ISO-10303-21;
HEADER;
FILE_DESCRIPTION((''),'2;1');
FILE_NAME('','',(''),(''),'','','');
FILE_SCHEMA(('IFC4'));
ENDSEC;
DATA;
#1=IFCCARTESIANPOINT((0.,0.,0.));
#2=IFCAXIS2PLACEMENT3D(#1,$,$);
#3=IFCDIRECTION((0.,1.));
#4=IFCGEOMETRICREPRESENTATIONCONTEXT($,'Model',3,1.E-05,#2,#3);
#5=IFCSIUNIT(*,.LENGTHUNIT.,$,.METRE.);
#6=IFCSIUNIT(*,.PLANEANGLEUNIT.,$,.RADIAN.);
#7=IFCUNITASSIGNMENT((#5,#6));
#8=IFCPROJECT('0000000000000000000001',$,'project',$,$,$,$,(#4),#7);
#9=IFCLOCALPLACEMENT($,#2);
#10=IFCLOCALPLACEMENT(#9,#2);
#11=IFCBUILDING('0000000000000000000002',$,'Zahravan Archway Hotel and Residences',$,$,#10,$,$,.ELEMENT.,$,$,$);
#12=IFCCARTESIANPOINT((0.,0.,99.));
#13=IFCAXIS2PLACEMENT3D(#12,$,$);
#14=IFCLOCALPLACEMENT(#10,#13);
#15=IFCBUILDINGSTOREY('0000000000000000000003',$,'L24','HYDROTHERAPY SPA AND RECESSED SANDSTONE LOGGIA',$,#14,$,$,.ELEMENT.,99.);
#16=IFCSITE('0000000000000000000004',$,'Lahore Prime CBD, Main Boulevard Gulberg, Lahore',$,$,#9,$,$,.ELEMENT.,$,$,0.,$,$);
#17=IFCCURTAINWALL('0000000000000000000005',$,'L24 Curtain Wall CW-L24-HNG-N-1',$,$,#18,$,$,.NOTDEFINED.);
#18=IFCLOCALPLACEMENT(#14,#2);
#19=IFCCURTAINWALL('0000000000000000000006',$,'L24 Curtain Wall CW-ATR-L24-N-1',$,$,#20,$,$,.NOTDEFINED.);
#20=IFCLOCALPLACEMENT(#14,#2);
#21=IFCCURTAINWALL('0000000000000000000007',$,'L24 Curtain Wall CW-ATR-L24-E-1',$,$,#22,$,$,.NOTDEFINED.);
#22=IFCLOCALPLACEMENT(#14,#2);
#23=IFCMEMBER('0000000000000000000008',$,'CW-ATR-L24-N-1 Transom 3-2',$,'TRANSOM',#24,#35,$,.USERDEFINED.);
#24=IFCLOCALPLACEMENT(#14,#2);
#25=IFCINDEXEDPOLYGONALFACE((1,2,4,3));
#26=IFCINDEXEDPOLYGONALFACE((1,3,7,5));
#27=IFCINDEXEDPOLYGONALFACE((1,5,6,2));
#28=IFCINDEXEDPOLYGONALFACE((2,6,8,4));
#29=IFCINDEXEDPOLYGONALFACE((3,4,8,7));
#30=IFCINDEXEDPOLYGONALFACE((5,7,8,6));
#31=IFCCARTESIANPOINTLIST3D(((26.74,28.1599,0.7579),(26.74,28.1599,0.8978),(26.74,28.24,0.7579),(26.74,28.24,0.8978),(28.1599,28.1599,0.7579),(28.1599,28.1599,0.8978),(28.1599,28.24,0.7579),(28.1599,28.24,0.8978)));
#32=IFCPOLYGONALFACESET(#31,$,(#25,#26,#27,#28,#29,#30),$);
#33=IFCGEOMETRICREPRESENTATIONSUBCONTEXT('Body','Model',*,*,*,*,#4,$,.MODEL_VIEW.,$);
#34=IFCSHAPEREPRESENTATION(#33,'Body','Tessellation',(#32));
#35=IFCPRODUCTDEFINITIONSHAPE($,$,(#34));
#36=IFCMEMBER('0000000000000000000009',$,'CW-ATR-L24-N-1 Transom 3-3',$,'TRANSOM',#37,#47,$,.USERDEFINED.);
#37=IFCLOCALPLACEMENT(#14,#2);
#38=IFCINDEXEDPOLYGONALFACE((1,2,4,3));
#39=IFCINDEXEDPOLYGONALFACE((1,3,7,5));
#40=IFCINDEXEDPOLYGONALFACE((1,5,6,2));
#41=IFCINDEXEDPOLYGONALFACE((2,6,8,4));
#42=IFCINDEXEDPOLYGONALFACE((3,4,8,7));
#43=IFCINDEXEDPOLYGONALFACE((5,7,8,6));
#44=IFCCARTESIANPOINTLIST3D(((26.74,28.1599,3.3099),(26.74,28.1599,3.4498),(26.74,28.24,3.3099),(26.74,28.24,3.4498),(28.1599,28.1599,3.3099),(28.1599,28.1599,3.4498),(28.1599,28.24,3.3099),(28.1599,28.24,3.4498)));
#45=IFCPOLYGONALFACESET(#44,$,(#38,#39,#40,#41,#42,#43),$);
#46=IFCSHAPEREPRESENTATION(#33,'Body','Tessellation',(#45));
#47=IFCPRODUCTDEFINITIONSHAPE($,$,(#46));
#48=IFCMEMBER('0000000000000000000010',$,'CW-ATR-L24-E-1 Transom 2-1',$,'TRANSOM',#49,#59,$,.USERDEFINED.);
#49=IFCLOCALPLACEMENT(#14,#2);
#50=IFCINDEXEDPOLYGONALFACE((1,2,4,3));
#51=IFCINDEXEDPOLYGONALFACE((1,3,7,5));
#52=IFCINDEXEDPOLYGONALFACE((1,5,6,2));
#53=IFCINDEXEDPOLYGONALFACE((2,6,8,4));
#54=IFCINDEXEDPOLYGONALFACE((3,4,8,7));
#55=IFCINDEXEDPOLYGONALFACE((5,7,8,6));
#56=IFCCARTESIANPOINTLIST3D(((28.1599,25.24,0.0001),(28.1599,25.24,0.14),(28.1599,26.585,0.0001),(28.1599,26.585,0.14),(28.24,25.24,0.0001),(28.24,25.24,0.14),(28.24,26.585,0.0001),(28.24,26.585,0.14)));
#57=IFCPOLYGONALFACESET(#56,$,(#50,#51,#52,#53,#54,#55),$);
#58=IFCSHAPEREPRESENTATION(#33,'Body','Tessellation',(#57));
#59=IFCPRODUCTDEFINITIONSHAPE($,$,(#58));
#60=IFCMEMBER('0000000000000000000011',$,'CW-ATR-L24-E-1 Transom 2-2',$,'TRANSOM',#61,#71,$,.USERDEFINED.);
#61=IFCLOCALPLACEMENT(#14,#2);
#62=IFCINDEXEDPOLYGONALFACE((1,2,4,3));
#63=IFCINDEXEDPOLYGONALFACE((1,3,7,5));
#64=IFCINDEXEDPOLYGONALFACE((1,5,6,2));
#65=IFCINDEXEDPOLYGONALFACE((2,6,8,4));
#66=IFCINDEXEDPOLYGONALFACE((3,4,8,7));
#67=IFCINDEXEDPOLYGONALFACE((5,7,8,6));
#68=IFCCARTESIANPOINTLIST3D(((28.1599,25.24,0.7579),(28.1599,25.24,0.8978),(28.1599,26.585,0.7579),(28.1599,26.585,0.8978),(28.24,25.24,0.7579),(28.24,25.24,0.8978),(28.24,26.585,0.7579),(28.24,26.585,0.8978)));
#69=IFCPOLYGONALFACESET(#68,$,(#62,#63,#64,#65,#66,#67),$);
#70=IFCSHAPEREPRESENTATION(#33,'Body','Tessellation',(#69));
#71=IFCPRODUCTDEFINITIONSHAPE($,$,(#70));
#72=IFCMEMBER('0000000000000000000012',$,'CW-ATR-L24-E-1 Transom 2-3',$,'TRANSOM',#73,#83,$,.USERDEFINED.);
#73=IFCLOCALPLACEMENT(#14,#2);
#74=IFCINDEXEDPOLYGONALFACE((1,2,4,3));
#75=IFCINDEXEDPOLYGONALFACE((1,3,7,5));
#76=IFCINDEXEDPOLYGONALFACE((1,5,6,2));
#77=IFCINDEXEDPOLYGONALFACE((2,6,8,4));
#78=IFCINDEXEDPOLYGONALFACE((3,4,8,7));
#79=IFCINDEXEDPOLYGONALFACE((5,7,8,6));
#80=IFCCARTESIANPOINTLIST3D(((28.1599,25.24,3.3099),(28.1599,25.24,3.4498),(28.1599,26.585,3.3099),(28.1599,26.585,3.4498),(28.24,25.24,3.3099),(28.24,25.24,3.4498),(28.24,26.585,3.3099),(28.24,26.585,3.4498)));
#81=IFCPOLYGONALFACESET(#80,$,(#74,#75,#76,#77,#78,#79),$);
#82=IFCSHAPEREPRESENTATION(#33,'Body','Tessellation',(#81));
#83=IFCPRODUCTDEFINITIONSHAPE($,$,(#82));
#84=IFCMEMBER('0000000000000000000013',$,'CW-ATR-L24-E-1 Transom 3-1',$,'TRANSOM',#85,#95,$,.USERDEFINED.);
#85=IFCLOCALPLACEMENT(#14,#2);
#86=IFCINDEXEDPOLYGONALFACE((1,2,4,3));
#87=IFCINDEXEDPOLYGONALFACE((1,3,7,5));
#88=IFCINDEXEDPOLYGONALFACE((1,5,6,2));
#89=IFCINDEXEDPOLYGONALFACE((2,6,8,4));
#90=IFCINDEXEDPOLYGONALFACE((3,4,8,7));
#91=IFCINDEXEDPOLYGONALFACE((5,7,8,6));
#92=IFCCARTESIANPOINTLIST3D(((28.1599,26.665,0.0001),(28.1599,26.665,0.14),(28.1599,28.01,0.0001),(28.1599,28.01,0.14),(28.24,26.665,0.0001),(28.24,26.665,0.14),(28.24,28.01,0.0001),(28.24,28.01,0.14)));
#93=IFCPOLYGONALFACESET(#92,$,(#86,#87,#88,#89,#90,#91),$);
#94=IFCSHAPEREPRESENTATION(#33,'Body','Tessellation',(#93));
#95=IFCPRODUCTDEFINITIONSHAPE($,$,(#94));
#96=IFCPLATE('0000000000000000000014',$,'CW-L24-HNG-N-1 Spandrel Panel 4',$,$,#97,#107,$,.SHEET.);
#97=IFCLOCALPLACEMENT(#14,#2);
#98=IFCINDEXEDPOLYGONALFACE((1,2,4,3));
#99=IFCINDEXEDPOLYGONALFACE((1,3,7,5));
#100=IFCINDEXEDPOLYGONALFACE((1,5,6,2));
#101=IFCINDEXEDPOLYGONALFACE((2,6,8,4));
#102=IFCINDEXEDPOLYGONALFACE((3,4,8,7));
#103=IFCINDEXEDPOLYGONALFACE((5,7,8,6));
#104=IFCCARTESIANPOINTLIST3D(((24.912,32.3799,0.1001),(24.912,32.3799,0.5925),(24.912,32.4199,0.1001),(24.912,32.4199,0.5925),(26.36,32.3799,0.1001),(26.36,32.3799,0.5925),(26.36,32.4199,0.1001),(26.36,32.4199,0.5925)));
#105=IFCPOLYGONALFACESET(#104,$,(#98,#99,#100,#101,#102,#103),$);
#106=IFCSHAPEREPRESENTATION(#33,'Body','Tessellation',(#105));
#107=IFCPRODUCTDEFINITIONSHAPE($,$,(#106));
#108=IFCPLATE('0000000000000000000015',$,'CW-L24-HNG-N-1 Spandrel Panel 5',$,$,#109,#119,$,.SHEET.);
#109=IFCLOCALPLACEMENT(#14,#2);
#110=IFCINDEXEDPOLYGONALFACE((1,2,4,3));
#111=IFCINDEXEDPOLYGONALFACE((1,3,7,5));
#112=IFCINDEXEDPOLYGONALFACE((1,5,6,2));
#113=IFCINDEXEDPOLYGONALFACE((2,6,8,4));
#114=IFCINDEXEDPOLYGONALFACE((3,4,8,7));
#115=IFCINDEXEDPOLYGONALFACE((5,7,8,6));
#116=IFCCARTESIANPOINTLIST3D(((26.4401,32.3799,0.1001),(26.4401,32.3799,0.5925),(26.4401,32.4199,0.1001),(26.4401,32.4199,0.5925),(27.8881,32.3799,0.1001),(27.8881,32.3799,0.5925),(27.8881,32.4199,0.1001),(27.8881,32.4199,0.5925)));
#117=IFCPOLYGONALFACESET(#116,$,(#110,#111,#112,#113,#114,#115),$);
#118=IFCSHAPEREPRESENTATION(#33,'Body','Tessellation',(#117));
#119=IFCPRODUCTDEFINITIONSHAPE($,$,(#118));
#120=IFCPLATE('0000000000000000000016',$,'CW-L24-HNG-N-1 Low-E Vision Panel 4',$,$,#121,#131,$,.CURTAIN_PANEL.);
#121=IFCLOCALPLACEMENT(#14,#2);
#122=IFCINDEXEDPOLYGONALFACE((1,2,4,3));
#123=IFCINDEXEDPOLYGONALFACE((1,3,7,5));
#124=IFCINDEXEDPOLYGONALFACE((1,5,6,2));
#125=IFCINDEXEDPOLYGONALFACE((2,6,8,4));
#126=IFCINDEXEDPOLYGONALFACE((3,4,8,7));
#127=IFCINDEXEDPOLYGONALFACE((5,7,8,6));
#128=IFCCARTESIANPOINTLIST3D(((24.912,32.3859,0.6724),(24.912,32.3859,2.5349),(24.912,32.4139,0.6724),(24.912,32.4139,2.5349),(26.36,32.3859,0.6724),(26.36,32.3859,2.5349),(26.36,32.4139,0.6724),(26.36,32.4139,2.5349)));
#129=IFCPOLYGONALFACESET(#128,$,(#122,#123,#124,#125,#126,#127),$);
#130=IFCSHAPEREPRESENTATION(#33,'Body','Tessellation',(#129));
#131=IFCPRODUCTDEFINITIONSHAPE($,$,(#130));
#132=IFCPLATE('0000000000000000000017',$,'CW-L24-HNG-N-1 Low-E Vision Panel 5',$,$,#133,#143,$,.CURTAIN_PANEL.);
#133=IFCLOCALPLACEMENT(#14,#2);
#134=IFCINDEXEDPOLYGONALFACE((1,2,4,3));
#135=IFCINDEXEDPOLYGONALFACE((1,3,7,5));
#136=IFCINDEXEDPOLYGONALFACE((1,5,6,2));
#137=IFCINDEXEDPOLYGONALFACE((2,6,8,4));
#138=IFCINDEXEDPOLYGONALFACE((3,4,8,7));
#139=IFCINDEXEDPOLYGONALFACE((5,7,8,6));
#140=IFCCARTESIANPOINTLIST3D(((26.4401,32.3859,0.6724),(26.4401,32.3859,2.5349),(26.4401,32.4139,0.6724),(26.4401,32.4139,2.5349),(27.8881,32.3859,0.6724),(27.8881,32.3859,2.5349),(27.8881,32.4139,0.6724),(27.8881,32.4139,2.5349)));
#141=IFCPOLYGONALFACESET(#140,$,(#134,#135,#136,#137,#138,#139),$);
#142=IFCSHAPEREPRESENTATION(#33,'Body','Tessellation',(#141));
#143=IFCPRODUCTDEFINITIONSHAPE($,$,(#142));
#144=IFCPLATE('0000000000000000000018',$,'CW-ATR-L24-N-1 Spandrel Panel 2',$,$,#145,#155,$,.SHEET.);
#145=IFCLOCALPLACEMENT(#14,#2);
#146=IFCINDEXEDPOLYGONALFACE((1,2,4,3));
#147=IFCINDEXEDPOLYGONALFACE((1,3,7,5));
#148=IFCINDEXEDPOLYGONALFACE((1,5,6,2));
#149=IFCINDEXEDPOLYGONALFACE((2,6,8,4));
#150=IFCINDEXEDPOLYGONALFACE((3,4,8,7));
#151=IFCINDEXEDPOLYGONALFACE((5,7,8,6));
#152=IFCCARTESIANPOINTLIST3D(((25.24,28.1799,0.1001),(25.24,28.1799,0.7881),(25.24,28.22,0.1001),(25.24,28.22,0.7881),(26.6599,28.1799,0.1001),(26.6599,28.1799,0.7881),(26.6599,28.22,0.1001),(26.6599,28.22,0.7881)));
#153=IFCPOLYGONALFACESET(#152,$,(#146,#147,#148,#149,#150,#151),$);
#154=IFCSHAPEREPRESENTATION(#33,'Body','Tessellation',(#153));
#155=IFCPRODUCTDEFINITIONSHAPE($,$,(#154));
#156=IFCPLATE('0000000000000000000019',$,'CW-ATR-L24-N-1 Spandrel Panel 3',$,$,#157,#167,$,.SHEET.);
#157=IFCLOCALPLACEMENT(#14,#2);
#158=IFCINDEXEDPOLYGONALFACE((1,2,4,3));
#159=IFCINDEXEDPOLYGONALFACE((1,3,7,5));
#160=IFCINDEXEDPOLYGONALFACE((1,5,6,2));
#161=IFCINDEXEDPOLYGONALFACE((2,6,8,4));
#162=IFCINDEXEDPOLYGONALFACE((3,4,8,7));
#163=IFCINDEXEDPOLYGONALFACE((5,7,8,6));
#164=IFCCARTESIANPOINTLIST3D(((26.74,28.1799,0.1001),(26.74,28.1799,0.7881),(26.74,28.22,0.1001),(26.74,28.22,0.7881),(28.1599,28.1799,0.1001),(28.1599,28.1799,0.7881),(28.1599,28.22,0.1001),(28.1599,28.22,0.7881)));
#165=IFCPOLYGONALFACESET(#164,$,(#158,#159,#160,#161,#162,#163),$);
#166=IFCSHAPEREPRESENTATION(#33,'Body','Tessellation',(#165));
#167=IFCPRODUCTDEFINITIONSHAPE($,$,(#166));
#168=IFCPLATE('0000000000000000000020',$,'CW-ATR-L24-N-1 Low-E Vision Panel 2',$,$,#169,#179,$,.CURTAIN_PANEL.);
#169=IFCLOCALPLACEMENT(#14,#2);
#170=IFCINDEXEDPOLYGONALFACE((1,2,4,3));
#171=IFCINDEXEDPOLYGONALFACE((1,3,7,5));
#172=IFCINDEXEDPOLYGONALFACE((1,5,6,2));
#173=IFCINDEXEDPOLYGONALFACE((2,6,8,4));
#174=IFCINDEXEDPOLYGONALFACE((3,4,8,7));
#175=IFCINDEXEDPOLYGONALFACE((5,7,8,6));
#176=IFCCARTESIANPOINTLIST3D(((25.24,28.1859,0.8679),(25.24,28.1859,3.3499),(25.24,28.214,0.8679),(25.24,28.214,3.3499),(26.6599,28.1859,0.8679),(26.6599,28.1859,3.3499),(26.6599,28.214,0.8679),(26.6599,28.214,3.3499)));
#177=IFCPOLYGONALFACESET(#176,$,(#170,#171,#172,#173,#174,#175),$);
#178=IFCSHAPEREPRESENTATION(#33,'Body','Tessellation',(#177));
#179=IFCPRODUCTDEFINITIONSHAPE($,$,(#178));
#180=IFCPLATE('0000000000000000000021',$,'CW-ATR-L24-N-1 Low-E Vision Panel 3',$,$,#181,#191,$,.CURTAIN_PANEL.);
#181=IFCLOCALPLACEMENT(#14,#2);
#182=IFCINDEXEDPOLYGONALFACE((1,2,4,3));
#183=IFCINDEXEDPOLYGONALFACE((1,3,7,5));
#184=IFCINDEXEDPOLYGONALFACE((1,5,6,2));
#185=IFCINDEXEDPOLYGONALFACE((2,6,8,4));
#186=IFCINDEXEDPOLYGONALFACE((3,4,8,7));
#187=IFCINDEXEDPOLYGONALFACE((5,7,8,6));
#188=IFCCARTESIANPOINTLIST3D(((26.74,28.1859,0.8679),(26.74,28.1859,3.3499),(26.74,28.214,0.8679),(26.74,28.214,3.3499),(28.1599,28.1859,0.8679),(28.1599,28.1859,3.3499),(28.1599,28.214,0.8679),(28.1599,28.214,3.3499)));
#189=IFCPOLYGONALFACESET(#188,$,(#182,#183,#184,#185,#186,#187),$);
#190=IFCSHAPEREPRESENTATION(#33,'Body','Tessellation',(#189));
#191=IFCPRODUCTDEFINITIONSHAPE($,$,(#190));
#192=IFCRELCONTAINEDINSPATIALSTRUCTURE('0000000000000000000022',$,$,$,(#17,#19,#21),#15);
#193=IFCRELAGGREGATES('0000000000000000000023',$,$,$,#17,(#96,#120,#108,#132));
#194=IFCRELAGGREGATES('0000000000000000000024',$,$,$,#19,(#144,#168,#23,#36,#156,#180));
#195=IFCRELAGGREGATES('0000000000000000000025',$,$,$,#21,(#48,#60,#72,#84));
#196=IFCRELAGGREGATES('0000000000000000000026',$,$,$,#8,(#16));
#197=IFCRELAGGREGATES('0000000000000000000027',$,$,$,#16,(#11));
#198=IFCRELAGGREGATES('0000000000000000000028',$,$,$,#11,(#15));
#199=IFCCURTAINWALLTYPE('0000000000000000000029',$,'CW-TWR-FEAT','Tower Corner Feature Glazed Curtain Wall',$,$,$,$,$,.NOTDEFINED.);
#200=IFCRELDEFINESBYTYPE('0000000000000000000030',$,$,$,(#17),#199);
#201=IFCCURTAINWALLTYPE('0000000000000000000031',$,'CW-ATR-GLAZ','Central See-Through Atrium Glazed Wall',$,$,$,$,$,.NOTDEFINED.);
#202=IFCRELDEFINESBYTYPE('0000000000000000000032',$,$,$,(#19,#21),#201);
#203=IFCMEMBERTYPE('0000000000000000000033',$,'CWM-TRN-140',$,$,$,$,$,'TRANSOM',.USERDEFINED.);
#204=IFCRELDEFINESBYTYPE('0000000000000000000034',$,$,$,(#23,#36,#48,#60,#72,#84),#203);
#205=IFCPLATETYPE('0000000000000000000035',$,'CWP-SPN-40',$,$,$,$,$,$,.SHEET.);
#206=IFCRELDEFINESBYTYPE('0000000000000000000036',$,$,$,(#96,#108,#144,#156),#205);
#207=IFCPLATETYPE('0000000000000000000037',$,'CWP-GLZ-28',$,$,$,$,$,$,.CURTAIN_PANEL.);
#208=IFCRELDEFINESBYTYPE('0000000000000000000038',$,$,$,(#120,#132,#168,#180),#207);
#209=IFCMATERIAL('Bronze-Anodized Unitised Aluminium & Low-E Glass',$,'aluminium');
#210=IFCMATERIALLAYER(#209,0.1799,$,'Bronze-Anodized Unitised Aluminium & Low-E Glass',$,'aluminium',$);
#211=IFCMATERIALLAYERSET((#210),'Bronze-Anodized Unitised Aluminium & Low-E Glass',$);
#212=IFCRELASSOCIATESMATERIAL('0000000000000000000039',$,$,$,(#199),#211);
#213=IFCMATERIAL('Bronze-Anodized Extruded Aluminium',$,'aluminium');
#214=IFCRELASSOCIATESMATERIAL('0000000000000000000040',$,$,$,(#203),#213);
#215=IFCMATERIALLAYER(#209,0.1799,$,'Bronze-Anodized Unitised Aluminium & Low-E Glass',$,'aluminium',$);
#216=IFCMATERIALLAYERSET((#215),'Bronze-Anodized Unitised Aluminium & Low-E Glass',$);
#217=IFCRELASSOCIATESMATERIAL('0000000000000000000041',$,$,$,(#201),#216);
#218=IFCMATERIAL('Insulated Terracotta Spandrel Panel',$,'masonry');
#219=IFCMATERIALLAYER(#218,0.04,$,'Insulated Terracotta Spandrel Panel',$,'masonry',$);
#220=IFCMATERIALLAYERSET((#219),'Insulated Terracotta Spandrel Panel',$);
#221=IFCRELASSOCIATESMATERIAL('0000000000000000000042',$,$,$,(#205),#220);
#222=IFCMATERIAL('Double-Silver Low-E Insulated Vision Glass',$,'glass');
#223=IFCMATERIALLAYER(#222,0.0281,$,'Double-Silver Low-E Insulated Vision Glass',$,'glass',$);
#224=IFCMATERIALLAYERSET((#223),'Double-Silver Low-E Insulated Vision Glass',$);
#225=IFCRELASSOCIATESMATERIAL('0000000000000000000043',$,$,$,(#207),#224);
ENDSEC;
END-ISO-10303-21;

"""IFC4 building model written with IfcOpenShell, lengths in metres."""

from ifc_helpers import new_model, si_unit, direction, frame, origin, origin_2d, place, context, subcontext, project, spatial, rectangle, extrude, source, transform, mapped, material, layer, layer_set, material_profile, profile_set, type_object, element, aggregate, save


model = new_model("IFC4")

# Units and contexts
model_context = context("Model", 3, precision=1e-05, world=origin(), true_north=direction((0.0, 1.0)))
body_context = subcontext(model_context, "Body", "Model", "MODEL_VIEW")
ifc_project = project(units=[si_unit("LENGTHUNIT", "METRE"), si_unit("PLANEANGLEUNIT", "RADIAN")], contexts=[model_context])

# Site, building, storey
site_placement = place(None, origin())
site = spatial("IfcSite", under=ifc_project, at=site_placement, Name="Lahore Prime CBD, Main Boulevard Gulberg, Lahore", CompositionType="ELEMENT", RefElevation=0.0)
building_placement = place(site_placement, origin())
building = spatial("IfcBuilding", under=site, at=building_placement, Name="Zahravan Archway Hotel and Residences", CompositionType="ELEMENT")
storey_placement = place(building_placement, frame((0.0, 0.0, 99.0)))
storey = spatial("IfcBuildingStorey", under=building, at=storey_placement, Name="L24", Description="HYDROTHERAPY SPA AND RECESSED SANDSTONE LOGGIA", CompositionType="ELEMENT", Elevation=99.0)

# Curtain wall
ifc_material_1 = material(Name="Bronze-Anodized Unitised Aluminium & Low-E Glass", Category="aluminium")
ifc_layer_1 = layer(ifc_material_1, 0.1799, Name="Bronze-Anodized Unitised Aluminium & Low-E Glass", Category="aluminium")
ifc_layer_set_1 = layer_set([ifc_layer_1], Name="Bronze-Anodized Unitised Aluminium & Low-E Glass")
curtain_wall_type_1 = type_object("IfcCurtainWallType", Name="CW-TWR-FEAT", Description="Tower Corner Feature Glazed Curtain Wall", PredefinedType="NOTDEFINED", material=ifc_layer_set_1)
curtain_wall_1_placement = place(storey_placement, origin())
curtain_wall_1 = element("IfcCurtainWall", 1, at=curtain_wall_1_placement, inside=storey, type_object=curtain_wall_type_1, Name="L24 Curtain Wall CW-L24-HNG-N-1", PredefinedType="NOTDEFINED")
ifc_material_2 = material(Name="Bronze-Anodized Extruded Aluminium", Category="aluminium")
ifc_material_profile_1 = material_profile(ifc_material_2, rectangle(XDim=0.0801, YDim=0.1399, at=origin_2d()), Name="TRN 80x140", Category="aluminium")
ifc_profile_set_1 = profile_set([ifc_material_profile_1], Name="Bronze-Anodized Extruded Aluminium")
member_type_1 = type_object("IfcMemberType", Name="CWM-TRN-140", ElementType="TRANSOM", PredefinedType="USERDEFINED", material=ifc_profile_set_1)

# Curtain walls
ifc_layer_2 = layer(ifc_material_1, 0.1799, Name="Bronze-Anodized Unitised Aluminium & Low-E Glass", Category="aluminium")
ifc_layer_set_2 = layer_set([ifc_layer_2], Name="Bronze-Anodized Unitised Aluminium & Low-E Glass")
curtain_wall_type_2 = type_object("IfcCurtainWallType", Name="CW-ATR-GLAZ", Description="Central See-Through Atrium Glazed Wall", PredefinedType="NOTDEFINED", material=ifc_layer_set_2)
curtain_wall_2_placement = place(storey_placement, origin())
curtain_wall_2 = element("IfcCurtainWall", 2, at=curtain_wall_2_placement, inside=storey, type_object=curtain_wall_type_2, Name="L24 Curtain Wall CW-ATR-L24-N-1", PredefinedType="NOTDEFINED")
curtain_wall_3_placement = place(storey_placement, origin())
curtain_wall_3 = element("IfcCurtainWall", 3, at=curtain_wall_3_placement, inside=storey, type_object=curtain_wall_type_2, Name="L24 Curtain Wall CW-ATR-L24-E-1", PredefinedType="NOTDEFINED")

# Members
shared_shape_1 = source(origin(), body_context, "Body", "SweptSolid", [
    extrude(rectangle(XDim=0.0801, YDim=0.1399, at=origin_2d()), origin(), (0.0, 0.0, 1.0), 1.4199),
])
member_1_placement = place(storey_placement, frame((26.74, 28.2, 0.8279), z_axis=(1.0, 0.0, 0.0), x_axis=(0.0, 1.0, 0.0)))
member_1 = element("IfcMember", 4, at=member_1_placement, type_object=member_type_1, Name="CW-ATR-L24-N-1 Transom 3-2", ObjectType="TRANSOM", PredefinedType="USERDEFINED", context=body_context, shape_type="MappedRepresentation", body=[
    mapped(shared_shape_1, transform((0.0, 0.0, 0.0), scale=1.0)),
])
member_2_placement = place(storey_placement, frame((26.74, 28.2, 3.3799), z_axis=(1.0, 0.0, 0.0), x_axis=(0.0, 1.0, 0.0)))
member_2 = element("IfcMember", 5, at=member_2_placement, type_object=member_type_1, Name="CW-ATR-L24-N-1 Transom 3-3", ObjectType="TRANSOM", PredefinedType="USERDEFINED", context=body_context, shape_type="MappedRepresentation", body=[
    mapped(shared_shape_1, transform((0.0, 0.0, 0.0), scale=1.0)),
])
shared_shape_2 = source(origin(), body_context, "Body", "SweptSolid", [
    extrude(rectangle(XDim=0.0801, YDim=0.1399, at=origin_2d()), origin(), (0.0, 0.0, 1.0), 1.345),
])
member_3_placement = place(storey_placement, frame((28.2, 25.24, 0.0701), z_axis=(0.0, 1.0, 0.0), x_axis=(-1.0, 0.0, 0.0)))
member_3 = element("IfcMember", 6, at=member_3_placement, type_object=member_type_1, Name="CW-ATR-L24-E-1 Transom 2-1", ObjectType="TRANSOM", PredefinedType="USERDEFINED", context=body_context, shape_type="MappedRepresentation", body=[
    mapped(shared_shape_2, transform((0.0, 0.0, 0.0), scale=1.0)),
])
member_4_placement = place(storey_placement, frame((28.2, 25.24, 0.8279), z_axis=(0.0, 1.0, 0.0), x_axis=(-1.0, 0.0, 0.0)))
member_4 = element("IfcMember", 7, at=member_4_placement, type_object=member_type_1, Name="CW-ATR-L24-E-1 Transom 2-2", ObjectType="TRANSOM", PredefinedType="USERDEFINED", context=body_context, shape_type="MappedRepresentation", body=[
    mapped(shared_shape_2, transform((0.0, 0.0, 0.0), scale=1.0)),
])
member_5_placement = place(storey_placement, frame((28.2, 25.24, 3.3799), z_axis=(0.0, 1.0, 0.0), x_axis=(-1.0, 0.0, 0.0)))
member_5 = element("IfcMember", 8, at=member_5_placement, type_object=member_type_1, Name="CW-ATR-L24-E-1 Transom 2-3", ObjectType="TRANSOM", PredefinedType="USERDEFINED", context=body_context, shape_type="MappedRepresentation", body=[
    mapped(shared_shape_2, transform((0.0, 0.0, 0.0), scale=1.0)),
])
member_6_placement = place(storey_placement, frame((28.2, 26.665, 0.0701), z_axis=(0.0, 1.0, 0.0), x_axis=(-1.0, 0.0, 0.0)))
member_6 = element("IfcMember", 9, at=member_6_placement, type_object=member_type_1, Name="CW-ATR-L24-E-1 Transom 3-1", ObjectType="TRANSOM", PredefinedType="USERDEFINED", context=body_context, shape_type="MappedRepresentation", body=[
    mapped(shared_shape_2, transform((0.0, 0.0, 0.0), scale=1.0)),
])

# Plates
ifc_material_3 = material(Name="Insulated Terracotta Spandrel Panel", Category="masonry")
ifc_layer_3 = layer(ifc_material_3, 0.04, Name="Insulated Terracotta Spandrel Panel", Category="masonry")
ifc_layer_set_3 = layer_set([ifc_layer_3], Name="Insulated Terracotta Spandrel Panel")
plate_type_1 = type_object("IfcPlateType", Name="CWP-SPN-40", PredefinedType="SHEET", material=ifc_layer_set_3)
shared_shape_3 = source(origin(), body_context, "Body", "SweptSolid", [
    extrude(rectangle(XDim=1.448, YDim=0.04, at=origin_2d()), origin(), (0.0, 0.0, 1.0), 0.4924),
])
plate_1_placement = place(storey_placement, frame((25.636, 32.3999, 0.1001), z_axis=(0.0, 0.0, 1.0), x_axis=(1.0, 0.0, 0.0)))
plate_1 = element("IfcPlate", 10, at=plate_1_placement, type_object=plate_type_1, Name="CW-L24-HNG-N-1 Spandrel Panel 4", PredefinedType="SHEET", context=body_context, shape_type="MappedRepresentation", body=[
    mapped(shared_shape_3, transform((0.0, 0.0, 0.0), scale=1.0)),
])
plate_2_placement = place(storey_placement, frame((27.1641, 32.3999, 0.1001), z_axis=(0.0, 0.0, 1.0), x_axis=(1.0, 0.0, 0.0)))
plate_2 = element("IfcPlate", 11, at=plate_2_placement, type_object=plate_type_1, Name="CW-L24-HNG-N-1 Spandrel Panel 5", PredefinedType="SHEET", context=body_context, shape_type="MappedRepresentation", body=[
    mapped(shared_shape_3, transform((0.0, 0.0, 0.0), scale=1.0)),
])
ifc_material_4 = material(Name="Double-Silver Low-E Insulated Vision Glass", Category="glass")
ifc_layer_4 = layer(ifc_material_4, 0.0281, Name="Double-Silver Low-E Insulated Vision Glass", Category="glass")
ifc_layer_set_4 = layer_set([ifc_layer_4], Name="Double-Silver Low-E Insulated Vision Glass")
plate_type_2 = type_object("IfcPlateType", Name="CWP-GLZ-28", PredefinedType="CURTAIN_PANEL", material=ifc_layer_set_4)
shared_shape_4 = source(origin(), body_context, "Body", "SweptSolid", [
    extrude(rectangle(XDim=1.448, YDim=0.0281, at=origin_2d()), origin(), (0.0, 0.0, 1.0), 1.8625),
])
plate_3_placement = place(storey_placement, frame((25.636, 32.3999, 0.6724), z_axis=(0.0, 0.0, 1.0), x_axis=(1.0, 0.0, 0.0)))
plate_3 = element("IfcPlate", 12, at=plate_3_placement, type_object=plate_type_2, Name="CW-L24-HNG-N-1 Low-E Vision Panel 4", PredefinedType="CURTAIN_PANEL", context=body_context, shape_type="MappedRepresentation", body=[
    mapped(shared_shape_4, transform((0.0, 0.0, 0.0), scale=1.0)),
])
plate_4_placement = place(storey_placement, frame((27.1641, 32.3999, 0.6724), z_axis=(0.0, 0.0, 1.0), x_axis=(1.0, 0.0, 0.0)))
plate_4 = element("IfcPlate", 13, at=plate_4_placement, type_object=plate_type_2, Name="CW-L24-HNG-N-1 Low-E Vision Panel 5", PredefinedType="CURTAIN_PANEL", context=body_context, shape_type="MappedRepresentation", body=[
    mapped(shared_shape_4, transform((0.0, 0.0, 0.0), scale=1.0)),
])
aggregate(curtain_wall_1, [plate_1, plate_3, plate_2, plate_4])
shared_shape_5 = source(origin(), body_context, "Body", "SweptSolid", [
    extrude(rectangle(XDim=1.4199, YDim=0.04, at=origin_2d()), origin(), (0.0, 0.0, 1.0), 0.688),
])
plate_5_placement = place(storey_placement, frame((25.95, 28.2, 0.1001), z_axis=(0.0, 0.0, 1.0), x_axis=(1.0, 0.0, 0.0)))
plate_5 = element("IfcPlate", 14, at=plate_5_placement, type_object=plate_type_1, Name="CW-ATR-L24-N-1 Spandrel Panel 2", PredefinedType="SHEET", context=body_context, shape_type="MappedRepresentation", body=[
    mapped(shared_shape_5, transform((0.0, 0.0, 0.0), scale=1.0)),
])
plate_6_placement = place(storey_placement, frame((27.45, 28.2, 0.1001), z_axis=(0.0, 0.0, 1.0), x_axis=(1.0, 0.0, 0.0)))
plate_6 = element("IfcPlate", 15, at=plate_6_placement, type_object=plate_type_1, Name="CW-ATR-L24-N-1 Spandrel Panel 3", PredefinedType="SHEET", context=body_context, shape_type="MappedRepresentation", body=[
    mapped(shared_shape_5, transform((0.0, 0.0, 0.0), scale=1.0)),
])
shared_shape_6 = source(origin(), body_context, "Body", "SweptSolid", [
    extrude(rectangle(XDim=1.4199, YDim=0.0281, at=origin_2d()), origin(), (0.0, 0.0, 1.0), 2.4819),
])
plate_7_placement = place(storey_placement, frame((25.95, 28.2, 0.8679), z_axis=(0.0, 0.0, 1.0), x_axis=(1.0, 0.0, 0.0)))
plate_7 = element("IfcPlate", 16, at=plate_7_placement, type_object=plate_type_2, Name="CW-ATR-L24-N-1 Low-E Vision Panel 2", PredefinedType="CURTAIN_PANEL", context=body_context, shape_type="MappedRepresentation", body=[
    mapped(shared_shape_6, transform((0.0, 0.0, 0.0), scale=1.0)),
])
plate_8_placement = place(storey_placement, frame((27.45, 28.2, 0.8679), z_axis=(0.0, 0.0, 1.0), x_axis=(1.0, 0.0, 0.0)))
plate_8 = element("IfcPlate", 17, at=plate_8_placement, type_object=plate_type_2, Name="CW-ATR-L24-N-1 Low-E Vision Panel 3", PredefinedType="CURTAIN_PANEL", context=body_context, shape_type="MappedRepresentation", body=[
    mapped(shared_shape_6, transform((0.0, 0.0, 0.0), scale=1.0)),
])
aggregate(curtain_wall_2, [plate_5, plate_7, member_1, member_2, plate_6, plate_8])
aggregate(curtain_wall_3, [member_3, member_4, member_5, member_6])

save(model, "model.ifc")
